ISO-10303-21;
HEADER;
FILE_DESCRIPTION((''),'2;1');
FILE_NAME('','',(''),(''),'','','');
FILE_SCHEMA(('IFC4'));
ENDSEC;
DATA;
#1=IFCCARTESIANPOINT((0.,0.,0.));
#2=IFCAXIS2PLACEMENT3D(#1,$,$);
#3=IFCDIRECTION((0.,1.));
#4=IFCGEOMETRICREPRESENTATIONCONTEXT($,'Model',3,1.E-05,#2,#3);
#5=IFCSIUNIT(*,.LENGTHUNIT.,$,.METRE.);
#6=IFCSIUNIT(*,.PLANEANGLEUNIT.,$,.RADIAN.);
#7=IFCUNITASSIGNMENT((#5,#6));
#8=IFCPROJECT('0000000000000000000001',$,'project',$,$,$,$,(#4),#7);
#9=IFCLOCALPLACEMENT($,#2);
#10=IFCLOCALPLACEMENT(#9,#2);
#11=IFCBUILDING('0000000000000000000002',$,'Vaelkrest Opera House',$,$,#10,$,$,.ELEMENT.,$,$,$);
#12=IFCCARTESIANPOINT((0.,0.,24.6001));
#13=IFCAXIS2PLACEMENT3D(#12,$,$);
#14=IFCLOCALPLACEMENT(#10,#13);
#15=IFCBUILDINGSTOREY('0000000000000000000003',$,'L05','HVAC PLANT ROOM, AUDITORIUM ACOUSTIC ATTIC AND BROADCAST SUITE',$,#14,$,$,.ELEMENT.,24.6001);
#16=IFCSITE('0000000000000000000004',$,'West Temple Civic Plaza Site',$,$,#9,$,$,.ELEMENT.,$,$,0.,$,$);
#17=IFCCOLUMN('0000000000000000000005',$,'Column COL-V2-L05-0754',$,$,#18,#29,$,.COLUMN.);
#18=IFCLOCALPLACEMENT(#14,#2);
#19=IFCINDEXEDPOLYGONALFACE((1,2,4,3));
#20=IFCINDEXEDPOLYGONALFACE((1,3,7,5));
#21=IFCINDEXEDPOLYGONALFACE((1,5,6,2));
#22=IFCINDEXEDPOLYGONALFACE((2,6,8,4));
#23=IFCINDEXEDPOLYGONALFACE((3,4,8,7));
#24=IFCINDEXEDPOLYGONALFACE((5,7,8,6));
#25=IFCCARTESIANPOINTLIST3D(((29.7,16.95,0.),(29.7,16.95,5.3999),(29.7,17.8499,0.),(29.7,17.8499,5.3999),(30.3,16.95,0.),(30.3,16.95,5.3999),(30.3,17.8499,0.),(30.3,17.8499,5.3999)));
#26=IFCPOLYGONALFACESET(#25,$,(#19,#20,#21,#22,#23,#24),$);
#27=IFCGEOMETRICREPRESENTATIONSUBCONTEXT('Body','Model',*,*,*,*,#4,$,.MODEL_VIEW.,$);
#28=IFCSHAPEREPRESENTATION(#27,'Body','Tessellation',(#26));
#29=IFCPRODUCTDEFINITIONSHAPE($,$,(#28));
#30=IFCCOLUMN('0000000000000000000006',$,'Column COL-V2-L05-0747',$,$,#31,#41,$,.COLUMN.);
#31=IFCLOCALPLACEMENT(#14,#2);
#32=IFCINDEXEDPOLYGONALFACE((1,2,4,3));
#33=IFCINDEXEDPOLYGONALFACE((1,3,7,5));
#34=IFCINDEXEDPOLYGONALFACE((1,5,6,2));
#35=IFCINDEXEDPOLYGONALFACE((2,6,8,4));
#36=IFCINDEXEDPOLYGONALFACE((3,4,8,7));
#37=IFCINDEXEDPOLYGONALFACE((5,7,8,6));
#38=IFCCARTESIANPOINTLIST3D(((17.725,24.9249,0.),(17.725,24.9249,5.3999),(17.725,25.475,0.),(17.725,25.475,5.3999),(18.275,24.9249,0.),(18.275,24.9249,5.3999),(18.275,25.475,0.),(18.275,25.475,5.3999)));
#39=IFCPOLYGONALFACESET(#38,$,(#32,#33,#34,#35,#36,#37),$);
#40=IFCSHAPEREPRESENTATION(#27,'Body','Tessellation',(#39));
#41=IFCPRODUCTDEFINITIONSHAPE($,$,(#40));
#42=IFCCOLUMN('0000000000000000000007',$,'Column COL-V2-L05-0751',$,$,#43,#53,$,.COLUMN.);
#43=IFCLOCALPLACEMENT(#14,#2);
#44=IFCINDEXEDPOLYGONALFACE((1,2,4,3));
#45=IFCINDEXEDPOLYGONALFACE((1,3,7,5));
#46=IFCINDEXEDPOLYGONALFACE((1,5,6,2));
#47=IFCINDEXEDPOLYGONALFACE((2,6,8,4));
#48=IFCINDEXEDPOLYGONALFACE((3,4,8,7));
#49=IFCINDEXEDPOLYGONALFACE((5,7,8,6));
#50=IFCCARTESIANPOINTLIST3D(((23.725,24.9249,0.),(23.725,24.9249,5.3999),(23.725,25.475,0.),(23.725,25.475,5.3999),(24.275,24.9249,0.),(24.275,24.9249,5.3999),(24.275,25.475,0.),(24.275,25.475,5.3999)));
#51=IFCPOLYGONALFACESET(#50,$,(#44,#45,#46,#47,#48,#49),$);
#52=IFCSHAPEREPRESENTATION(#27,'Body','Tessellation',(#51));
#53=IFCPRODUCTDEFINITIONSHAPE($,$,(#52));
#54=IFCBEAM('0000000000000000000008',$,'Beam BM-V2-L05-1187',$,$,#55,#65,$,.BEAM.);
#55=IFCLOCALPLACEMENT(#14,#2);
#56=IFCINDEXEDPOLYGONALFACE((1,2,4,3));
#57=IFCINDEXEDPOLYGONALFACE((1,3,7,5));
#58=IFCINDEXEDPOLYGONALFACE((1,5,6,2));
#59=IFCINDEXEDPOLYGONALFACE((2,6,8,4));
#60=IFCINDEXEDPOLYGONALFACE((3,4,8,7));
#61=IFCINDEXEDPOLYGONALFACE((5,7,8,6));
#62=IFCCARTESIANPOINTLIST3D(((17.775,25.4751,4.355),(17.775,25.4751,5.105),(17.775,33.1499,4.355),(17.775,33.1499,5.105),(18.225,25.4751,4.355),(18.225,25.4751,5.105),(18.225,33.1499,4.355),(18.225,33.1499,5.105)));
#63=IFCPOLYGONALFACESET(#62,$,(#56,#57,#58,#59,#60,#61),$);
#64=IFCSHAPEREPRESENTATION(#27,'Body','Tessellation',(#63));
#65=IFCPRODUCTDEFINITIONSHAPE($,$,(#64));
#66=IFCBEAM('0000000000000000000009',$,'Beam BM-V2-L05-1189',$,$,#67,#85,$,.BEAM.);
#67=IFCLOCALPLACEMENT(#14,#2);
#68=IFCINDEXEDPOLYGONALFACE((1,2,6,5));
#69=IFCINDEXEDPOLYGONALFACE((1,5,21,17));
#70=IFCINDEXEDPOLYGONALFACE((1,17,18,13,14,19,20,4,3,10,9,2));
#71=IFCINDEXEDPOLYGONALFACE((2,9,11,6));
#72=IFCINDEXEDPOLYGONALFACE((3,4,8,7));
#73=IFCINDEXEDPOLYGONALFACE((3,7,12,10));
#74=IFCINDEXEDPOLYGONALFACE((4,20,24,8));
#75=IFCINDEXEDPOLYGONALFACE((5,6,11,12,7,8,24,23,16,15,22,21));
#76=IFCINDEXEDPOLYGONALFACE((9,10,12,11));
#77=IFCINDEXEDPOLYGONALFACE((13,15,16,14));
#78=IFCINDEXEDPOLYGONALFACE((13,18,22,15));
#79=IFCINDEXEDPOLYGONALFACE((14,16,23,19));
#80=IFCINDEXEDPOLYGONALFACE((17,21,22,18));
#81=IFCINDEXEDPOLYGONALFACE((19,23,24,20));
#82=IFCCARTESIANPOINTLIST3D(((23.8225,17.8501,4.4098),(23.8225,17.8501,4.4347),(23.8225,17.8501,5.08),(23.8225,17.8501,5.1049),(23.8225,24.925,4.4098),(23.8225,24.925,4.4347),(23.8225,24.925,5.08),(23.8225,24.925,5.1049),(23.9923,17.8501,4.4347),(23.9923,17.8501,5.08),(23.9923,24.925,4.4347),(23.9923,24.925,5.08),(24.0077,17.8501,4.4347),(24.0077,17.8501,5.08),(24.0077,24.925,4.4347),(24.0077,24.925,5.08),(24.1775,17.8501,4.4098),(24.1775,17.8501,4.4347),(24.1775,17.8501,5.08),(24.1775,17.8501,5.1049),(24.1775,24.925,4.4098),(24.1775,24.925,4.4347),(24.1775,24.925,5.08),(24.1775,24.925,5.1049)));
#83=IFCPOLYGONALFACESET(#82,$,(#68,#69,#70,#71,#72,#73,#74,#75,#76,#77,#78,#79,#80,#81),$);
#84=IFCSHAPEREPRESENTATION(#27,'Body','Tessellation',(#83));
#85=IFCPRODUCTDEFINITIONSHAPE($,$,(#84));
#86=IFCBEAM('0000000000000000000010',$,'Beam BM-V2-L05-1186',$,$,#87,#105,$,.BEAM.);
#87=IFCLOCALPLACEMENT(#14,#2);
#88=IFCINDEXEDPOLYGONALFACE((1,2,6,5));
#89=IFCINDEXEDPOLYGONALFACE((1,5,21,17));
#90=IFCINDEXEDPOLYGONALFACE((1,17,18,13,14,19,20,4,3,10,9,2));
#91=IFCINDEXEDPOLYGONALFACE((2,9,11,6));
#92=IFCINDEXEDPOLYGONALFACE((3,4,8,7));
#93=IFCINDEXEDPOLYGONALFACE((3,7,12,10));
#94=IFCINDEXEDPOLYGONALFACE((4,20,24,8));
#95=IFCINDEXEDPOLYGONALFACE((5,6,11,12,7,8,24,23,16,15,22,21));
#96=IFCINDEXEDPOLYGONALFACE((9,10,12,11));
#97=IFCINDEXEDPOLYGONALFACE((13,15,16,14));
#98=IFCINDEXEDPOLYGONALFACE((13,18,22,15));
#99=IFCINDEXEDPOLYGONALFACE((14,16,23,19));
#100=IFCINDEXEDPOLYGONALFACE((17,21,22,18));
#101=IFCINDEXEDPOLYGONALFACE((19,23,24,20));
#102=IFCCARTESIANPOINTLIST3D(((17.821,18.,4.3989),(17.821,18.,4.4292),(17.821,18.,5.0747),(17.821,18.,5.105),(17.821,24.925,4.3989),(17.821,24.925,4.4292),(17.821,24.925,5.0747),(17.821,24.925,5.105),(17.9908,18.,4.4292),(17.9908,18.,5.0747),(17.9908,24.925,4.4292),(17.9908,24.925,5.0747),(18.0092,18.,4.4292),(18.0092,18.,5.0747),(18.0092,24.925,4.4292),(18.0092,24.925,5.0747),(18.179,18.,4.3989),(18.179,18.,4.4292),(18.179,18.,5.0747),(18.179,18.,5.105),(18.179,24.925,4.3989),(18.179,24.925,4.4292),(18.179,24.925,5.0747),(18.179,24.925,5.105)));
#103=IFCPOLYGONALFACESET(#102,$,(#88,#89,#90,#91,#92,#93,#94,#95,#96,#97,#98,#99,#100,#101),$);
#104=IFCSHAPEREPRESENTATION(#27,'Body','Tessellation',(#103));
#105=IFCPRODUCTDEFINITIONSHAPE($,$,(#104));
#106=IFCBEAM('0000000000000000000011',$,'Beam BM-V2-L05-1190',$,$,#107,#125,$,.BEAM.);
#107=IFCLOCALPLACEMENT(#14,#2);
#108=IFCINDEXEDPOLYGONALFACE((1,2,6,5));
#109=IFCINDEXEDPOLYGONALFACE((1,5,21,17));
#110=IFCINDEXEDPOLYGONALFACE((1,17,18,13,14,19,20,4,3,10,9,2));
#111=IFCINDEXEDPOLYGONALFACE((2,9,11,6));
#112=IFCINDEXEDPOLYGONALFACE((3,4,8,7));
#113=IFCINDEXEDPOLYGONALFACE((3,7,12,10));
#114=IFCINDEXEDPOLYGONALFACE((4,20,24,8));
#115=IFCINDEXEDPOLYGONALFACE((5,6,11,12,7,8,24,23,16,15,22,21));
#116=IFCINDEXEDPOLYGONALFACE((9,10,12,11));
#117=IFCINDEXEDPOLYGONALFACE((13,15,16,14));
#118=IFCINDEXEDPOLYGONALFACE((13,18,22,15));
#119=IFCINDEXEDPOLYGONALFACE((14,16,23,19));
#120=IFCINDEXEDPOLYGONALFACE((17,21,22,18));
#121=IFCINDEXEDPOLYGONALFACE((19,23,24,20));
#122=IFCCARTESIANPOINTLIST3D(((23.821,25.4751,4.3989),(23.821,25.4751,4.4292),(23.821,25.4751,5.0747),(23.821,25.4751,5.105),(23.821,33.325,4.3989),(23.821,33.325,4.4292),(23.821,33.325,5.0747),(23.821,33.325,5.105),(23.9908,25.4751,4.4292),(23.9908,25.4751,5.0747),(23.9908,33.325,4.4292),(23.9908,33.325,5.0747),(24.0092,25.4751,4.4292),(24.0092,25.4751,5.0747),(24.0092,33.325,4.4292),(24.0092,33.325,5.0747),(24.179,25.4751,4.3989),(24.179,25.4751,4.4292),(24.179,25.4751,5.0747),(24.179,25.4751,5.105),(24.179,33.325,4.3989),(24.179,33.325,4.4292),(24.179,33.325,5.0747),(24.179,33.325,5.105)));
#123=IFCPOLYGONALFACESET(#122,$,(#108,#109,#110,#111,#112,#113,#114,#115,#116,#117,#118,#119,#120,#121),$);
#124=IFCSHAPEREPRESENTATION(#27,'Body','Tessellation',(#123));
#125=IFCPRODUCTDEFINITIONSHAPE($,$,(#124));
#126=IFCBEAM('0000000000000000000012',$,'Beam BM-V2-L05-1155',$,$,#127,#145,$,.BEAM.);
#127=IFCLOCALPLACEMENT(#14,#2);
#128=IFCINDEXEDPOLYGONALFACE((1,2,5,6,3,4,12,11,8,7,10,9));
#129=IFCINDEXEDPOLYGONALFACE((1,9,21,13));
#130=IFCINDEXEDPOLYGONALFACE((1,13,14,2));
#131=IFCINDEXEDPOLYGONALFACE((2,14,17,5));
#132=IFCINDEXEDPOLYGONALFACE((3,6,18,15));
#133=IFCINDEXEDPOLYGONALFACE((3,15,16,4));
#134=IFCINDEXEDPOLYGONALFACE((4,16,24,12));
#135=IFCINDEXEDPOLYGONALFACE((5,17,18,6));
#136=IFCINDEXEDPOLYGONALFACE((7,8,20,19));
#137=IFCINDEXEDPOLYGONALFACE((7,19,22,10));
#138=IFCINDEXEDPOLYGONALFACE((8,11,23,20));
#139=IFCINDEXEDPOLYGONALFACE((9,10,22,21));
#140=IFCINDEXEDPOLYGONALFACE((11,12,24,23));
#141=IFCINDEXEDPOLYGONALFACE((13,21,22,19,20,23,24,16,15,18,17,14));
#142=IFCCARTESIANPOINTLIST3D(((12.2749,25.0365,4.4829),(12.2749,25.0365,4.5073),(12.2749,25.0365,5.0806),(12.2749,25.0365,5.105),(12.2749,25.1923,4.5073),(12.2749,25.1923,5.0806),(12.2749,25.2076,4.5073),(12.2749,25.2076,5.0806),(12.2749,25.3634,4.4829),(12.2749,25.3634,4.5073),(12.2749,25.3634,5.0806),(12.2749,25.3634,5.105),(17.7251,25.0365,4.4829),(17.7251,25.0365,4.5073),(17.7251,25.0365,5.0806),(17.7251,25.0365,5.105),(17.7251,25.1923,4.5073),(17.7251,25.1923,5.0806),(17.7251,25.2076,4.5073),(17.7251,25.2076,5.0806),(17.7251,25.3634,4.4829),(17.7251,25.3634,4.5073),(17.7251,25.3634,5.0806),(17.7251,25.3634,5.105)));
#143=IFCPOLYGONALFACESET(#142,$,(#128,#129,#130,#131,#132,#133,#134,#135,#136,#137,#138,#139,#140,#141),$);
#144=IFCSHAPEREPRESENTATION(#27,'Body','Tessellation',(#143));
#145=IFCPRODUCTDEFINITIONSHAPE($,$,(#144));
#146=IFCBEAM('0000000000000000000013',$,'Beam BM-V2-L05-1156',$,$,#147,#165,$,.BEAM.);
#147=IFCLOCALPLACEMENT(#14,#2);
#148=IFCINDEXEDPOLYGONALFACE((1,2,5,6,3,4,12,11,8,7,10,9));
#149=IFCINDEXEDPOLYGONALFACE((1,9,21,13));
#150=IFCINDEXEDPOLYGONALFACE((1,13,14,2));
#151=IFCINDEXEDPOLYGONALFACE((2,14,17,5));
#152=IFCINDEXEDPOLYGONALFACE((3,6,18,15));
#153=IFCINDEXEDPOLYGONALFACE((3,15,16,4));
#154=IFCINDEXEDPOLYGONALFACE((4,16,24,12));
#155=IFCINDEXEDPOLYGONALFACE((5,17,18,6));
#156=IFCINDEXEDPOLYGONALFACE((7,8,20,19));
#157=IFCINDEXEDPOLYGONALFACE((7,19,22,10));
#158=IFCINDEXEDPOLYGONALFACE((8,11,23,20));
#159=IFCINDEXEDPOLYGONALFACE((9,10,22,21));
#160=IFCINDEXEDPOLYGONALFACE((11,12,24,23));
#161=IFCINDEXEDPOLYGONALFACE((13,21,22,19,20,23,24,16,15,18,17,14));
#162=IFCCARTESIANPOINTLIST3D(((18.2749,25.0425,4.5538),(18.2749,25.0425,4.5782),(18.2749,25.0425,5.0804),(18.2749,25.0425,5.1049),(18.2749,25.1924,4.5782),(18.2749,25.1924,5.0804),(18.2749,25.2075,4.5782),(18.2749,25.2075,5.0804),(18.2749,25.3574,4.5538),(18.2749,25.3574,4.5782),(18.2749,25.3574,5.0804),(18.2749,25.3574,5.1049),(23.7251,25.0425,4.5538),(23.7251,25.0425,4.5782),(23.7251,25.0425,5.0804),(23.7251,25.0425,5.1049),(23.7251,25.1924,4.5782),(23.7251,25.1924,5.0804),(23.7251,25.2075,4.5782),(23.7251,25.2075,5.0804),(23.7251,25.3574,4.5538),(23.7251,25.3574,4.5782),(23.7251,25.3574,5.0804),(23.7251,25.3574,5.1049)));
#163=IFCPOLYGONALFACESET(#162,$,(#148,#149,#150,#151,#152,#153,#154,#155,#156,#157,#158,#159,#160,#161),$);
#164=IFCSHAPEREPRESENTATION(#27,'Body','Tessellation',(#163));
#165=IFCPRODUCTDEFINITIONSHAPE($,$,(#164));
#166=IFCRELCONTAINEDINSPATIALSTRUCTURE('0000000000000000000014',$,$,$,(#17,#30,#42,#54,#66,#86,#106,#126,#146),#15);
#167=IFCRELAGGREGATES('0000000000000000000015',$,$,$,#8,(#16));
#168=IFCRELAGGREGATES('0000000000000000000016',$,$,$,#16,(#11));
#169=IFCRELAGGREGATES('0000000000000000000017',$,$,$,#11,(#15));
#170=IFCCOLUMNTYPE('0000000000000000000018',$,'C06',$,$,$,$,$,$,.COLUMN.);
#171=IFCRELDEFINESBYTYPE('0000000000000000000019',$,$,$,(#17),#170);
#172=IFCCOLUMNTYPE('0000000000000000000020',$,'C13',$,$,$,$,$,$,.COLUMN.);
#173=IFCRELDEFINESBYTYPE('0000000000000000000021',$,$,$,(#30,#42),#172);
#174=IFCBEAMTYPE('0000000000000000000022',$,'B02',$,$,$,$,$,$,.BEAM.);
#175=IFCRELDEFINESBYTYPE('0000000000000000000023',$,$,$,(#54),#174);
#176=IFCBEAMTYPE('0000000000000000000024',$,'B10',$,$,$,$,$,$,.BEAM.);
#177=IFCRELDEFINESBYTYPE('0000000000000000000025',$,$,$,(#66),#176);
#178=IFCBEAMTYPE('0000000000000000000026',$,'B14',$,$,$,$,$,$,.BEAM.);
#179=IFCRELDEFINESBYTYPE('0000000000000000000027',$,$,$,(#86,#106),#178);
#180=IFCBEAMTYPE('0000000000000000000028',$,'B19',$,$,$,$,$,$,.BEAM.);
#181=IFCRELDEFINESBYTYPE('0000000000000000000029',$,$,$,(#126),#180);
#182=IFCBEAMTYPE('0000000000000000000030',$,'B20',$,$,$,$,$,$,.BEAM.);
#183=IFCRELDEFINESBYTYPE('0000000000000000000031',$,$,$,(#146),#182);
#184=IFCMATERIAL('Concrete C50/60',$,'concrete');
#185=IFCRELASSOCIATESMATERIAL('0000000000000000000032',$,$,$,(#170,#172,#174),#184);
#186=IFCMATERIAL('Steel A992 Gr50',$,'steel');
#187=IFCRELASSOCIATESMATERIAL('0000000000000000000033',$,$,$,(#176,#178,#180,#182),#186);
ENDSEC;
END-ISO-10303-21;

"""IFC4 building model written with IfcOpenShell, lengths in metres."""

from ifc_helpers import new_model, si_unit, direction, frame, origin, origin_2d, place, context, subcontext, project, spatial, rectangle, i_section, extrude, material, material_profile, profile_set, type_object, element, save


model = new_model("IFC4")

# Units and contexts
model_context = context("Model", 3, precision=1e-05, world=origin(), true_north=direction((0.0, 1.0)))
body_context = subcontext(model_context, "Body", "Model", "MODEL_VIEW")
ifc_project = project(units=[si_unit("LENGTHUNIT", "METRE"), si_unit("PLANEANGLEUNIT", "RADIAN")], contexts=[model_context])

# Site, building, storey
site_placement = place(None, origin())
site = spatial("IfcSite", under=ifc_project, at=site_placement, Name="West Temple Civic Plaza Site", CompositionType="ELEMENT", RefElevation=0.0)
building_placement = place(site_placement, origin())
building = spatial("IfcBuilding", under=site, at=building_placement, Name="Vaelkrest Opera House", CompositionType="ELEMENT")
storey_placement = place(building_placement, frame((0.0, 0.0, 24.6001)))
storey = spatial("IfcBuildingStorey", under=building, at=storey_placement, Name="L05", Description="HVAC PLANT ROOM, AUDITORIUM ACOUSTIC ATTIC AND BROADCAST SUITE", CompositionType="ELEMENT", Elevation=24.6001)

# Columns
ifc_material_1 = material(Name="Concrete C50/60", Category="concrete")
ifc_material_profile_1 = material_profile(ifc_material_1, rectangle(XDim=0.6001, YDim=0.8999, at=origin_2d()), Name="RC600X900")
ifc_profile_set_1 = profile_set([ifc_material_profile_1], Name="Concrete C50/60")
column_type_1 = type_object("IfcColumnType", Name="C06", PredefinedType="COLUMN", material=ifc_profile_set_1)
column_placement = place(storey_placement, frame((30.0, 17.3999, 0.0), z_axis=(0.0, 0.0, 1.0), x_axis=(1.0, 0.0, 0.0)))
element("IfcColumn", 1, at=column_placement, inside=storey, type_object=column_type_1, Name="Column COL-V2-L05-0754", PredefinedType="COLUMN", context=body_context, shape_type="SweptSolid", body=[
    extrude(rectangle(XDim=0.6001, YDim=0.8999, at=origin_2d()), origin(), (0.0, 0.0, 1.0), 5.3999),
])
ifc_material_profile_2 = material_profile(ifc_material_1, rectangle(XDim=0.55, YDim=0.55, at=origin_2d()), Name="RC550X550")
ifc_profile_set_2 = profile_set([ifc_material_profile_2], Name="Concrete C50/60")
column_type_2 = type_object("IfcColumnType", Name="C13", PredefinedType="COLUMN", material=ifc_profile_set_2)
for number, where, z_axis, x_axis, name in (
    (2, (18.0, 25.2, 0.0), (0.0, 0.0, 1.0), (1.0, 0.0, 0.0), "Column COL-V2-L05-0747"),
    (3, (24.0, 25.2, 0.0), (0.0, 0.0, 1.0), (1.0, 0.0, 0.0), "Column COL-V2-L05-0751"),
):
    element("IfcColumn", number, at=place(storey_placement, frame(where, z_axis=z_axis, x_axis=x_axis)), inside=storey, type_object=column_type_2, Name=name, PredefinedType="COLUMN", context=body_context, shape_type="SweptSolid", body=[
        extrude(rectangle(XDim=0.55, YDim=0.55, at=origin_2d()), origin(), (0.0, 0.0, 1.0), 5.3999),
    ])

# Beams
ifc_material_profile_3 = material_profile(ifc_material_1, rectangle(XDim=0.45, YDim=0.75, at=origin_2d()), Name="RCB450X750")
ifc_profile_set_3 = profile_set([ifc_material_profile_3], Name="Concrete C50/60")
beam_type_1 = type_object("IfcBeamType", Name="B02", PredefinedType="BEAM", material=ifc_profile_set_3)
beam_1_placement = place(storey_placement, frame((18.0, 25.4751, 4.73), z_axis=(0.0, 1.0, 0.0), x_axis=(-1.0, 0.0, 0.0)))
element("IfcBeam", 4, at=beam_1_placement, inside=storey, type_object=beam_type_1, Name="Beam BM-V2-L05-1187", PredefinedType="BEAM", context=body_context, shape_type="SweptSolid", body=[
    extrude(rectangle(XDim=0.45, YDim=0.75, at=origin_2d()), origin(), (0.0, 0.0, 1.0), 7.6748),
])
ifc_material_2 = material(Name="Steel A992 Gr50", Category="steel")
ifc_material_profile_4 = material_profile(ifc_material_2, i_section(OverallWidth=0.355, OverallDepth=0.6951, WebThickness=0.0154, FlangeThickness=0.0249, at=origin_2d()), Name="W27X146")
ifc_profile_set_4 = profile_set([ifc_material_profile_4], Name="Steel A992 Gr50")
beam_type_2 = type_object("IfcBeamType", Name="B10", PredefinedType="BEAM", material=ifc_profile_set_4)
beam_2_placement = place(storey_placement, frame((24.0, 17.8501, 4.7573), z_axis=(0.0, 1.0, 0.0), x_axis=(-1.0, 0.0, 0.0)))
element("IfcBeam", 5, at=beam_2_placement, inside=storey, type_object=beam_type_2, Name="Beam BM-V2-L05-1189", PredefinedType="BEAM", context=body_context, shape_type="SweptSolid", body=[
    extrude(i_section(OverallWidth=0.355, OverallDepth=0.6951, WebThickness=0.0154, FlangeThickness=0.0249, at=origin_2d()), origin(), (0.0, 0.0, 1.0), 7.075),
])
ifc_material_profile_5 = material_profile(ifc_material_2, i_section(OverallWidth=0.3579, OverallDepth=0.7061, WebThickness=0.0183, FlangeThickness=0.0303, at=origin_2d()), Name="W27X178")
ifc_profile_set_5 = profile_set([ifc_material_profile_5], Name="Steel A992 Gr50")
beam_type_3 = type_object("IfcBeamType", Name="B14", PredefinedType="BEAM", material=ifc_profile_set_5)
beam_3_placement = place(storey_placement, frame((18.0, 18.0, 4.752), z_axis=(0.0, 1.0, 0.0), x_axis=(-1.0, 0.0, 0.0)))
element("IfcBeam", 6, at=beam_3_placement, inside=storey, type_object=beam_type_3, Name="Beam BM-V2-L05-1186", PredefinedType="BEAM", context=body_context, shape_type="SweptSolid", body=[
    extrude(i_section(OverallWidth=0.3579, OverallDepth=0.7061, WebThickness=0.0183, FlangeThickness=0.0303, at=origin_2d()), origin(), (0.0, 0.0, 1.0), 6.925),
])
beam_4_placement = place(storey_placement, frame((24.0, 25.4751, 4.752), z_axis=(0.0, 1.0, 0.0), x_axis=(-1.0, 0.0, 0.0)))
element("IfcBeam", 7, at=beam_4_placement, inside=storey, type_object=beam_type_3, Name="Beam BM-V2-L05-1190", PredefinedType="BEAM", context=body_context, shape_type="SweptSolid", body=[
    extrude(i_section(OverallWidth=0.3579, OverallDepth=0.7061, WebThickness=0.0183, FlangeThickness=0.0303, at=origin_2d()), origin(), (0.0, 0.0, 1.0), 7.8499),
])
ifc_material_profile_6 = material_profile(ifc_material_2, i_section(OverallWidth=0.3269, OverallDepth=0.6221, WebThickness=0.0154, FlangeThickness=0.0244, at=origin_2d()), Name="W24X131")
ifc_profile_set_6 = profile_set([ifc_material_profile_6], Name="Steel A992 Gr50")
beam_type_4 = type_object("IfcBeamType", Name="B19", PredefinedType="BEAM", material=ifc_profile_set_6)
beam_5_placement = place(storey_placement, frame((12.2749, 25.2, 4.7939), z_axis=(1.0, 0.0, 0.0), x_axis=(0.0, 1.0, 0.0)))
element("IfcBeam", 8, at=beam_5_placement, inside=storey, type_object=beam_type_4, Name="Beam BM-V2-L05-1155", PredefinedType="BEAM", context=body_context, shape_type="SweptSolid", body=[
    extrude(i_section(OverallWidth=0.3269, OverallDepth=0.6221, WebThickness=0.0154, FlangeThickness=0.0244, at=origin_2d()), origin(), (0.0, 0.0, 1.0), 5.4502),
])
ifc_material_profile_7 = material_profile(ifc_material_2, i_section(OverallWidth=0.3149, OverallDepth=0.551, WebThickness=0.0151, FlangeThickness=0.0244, at=origin_2d()), Name="W21X122")
ifc_profile_set_7 = profile_set([ifc_material_profile_7], Name="Steel A992 Gr50")
beam_type_5 = type_object("IfcBeamType", Name="B20", PredefinedType="BEAM", material=ifc_profile_set_7)
beam_6_placement = place(storey_placement, frame((18.2749, 25.2, 4.8293), z_axis=(1.0, 0.0, 0.0), x_axis=(0.0, 1.0, 0.0)))
element("IfcBeam", 9, at=beam_6_placement, inside=storey, type_object=beam_type_5, Name="Beam BM-V2-L05-1156", PredefinedType="BEAM", context=body_context, shape_type="SweptSolid", body=[
    extrude(i_section(OverallWidth=0.3149, OverallDepth=0.551, WebThickness=0.0151, FlangeThickness=0.0244, at=origin_2d()), origin(), (0.0, 0.0, 1.0), 5.4502),
])

save(model, "model.ifc")
